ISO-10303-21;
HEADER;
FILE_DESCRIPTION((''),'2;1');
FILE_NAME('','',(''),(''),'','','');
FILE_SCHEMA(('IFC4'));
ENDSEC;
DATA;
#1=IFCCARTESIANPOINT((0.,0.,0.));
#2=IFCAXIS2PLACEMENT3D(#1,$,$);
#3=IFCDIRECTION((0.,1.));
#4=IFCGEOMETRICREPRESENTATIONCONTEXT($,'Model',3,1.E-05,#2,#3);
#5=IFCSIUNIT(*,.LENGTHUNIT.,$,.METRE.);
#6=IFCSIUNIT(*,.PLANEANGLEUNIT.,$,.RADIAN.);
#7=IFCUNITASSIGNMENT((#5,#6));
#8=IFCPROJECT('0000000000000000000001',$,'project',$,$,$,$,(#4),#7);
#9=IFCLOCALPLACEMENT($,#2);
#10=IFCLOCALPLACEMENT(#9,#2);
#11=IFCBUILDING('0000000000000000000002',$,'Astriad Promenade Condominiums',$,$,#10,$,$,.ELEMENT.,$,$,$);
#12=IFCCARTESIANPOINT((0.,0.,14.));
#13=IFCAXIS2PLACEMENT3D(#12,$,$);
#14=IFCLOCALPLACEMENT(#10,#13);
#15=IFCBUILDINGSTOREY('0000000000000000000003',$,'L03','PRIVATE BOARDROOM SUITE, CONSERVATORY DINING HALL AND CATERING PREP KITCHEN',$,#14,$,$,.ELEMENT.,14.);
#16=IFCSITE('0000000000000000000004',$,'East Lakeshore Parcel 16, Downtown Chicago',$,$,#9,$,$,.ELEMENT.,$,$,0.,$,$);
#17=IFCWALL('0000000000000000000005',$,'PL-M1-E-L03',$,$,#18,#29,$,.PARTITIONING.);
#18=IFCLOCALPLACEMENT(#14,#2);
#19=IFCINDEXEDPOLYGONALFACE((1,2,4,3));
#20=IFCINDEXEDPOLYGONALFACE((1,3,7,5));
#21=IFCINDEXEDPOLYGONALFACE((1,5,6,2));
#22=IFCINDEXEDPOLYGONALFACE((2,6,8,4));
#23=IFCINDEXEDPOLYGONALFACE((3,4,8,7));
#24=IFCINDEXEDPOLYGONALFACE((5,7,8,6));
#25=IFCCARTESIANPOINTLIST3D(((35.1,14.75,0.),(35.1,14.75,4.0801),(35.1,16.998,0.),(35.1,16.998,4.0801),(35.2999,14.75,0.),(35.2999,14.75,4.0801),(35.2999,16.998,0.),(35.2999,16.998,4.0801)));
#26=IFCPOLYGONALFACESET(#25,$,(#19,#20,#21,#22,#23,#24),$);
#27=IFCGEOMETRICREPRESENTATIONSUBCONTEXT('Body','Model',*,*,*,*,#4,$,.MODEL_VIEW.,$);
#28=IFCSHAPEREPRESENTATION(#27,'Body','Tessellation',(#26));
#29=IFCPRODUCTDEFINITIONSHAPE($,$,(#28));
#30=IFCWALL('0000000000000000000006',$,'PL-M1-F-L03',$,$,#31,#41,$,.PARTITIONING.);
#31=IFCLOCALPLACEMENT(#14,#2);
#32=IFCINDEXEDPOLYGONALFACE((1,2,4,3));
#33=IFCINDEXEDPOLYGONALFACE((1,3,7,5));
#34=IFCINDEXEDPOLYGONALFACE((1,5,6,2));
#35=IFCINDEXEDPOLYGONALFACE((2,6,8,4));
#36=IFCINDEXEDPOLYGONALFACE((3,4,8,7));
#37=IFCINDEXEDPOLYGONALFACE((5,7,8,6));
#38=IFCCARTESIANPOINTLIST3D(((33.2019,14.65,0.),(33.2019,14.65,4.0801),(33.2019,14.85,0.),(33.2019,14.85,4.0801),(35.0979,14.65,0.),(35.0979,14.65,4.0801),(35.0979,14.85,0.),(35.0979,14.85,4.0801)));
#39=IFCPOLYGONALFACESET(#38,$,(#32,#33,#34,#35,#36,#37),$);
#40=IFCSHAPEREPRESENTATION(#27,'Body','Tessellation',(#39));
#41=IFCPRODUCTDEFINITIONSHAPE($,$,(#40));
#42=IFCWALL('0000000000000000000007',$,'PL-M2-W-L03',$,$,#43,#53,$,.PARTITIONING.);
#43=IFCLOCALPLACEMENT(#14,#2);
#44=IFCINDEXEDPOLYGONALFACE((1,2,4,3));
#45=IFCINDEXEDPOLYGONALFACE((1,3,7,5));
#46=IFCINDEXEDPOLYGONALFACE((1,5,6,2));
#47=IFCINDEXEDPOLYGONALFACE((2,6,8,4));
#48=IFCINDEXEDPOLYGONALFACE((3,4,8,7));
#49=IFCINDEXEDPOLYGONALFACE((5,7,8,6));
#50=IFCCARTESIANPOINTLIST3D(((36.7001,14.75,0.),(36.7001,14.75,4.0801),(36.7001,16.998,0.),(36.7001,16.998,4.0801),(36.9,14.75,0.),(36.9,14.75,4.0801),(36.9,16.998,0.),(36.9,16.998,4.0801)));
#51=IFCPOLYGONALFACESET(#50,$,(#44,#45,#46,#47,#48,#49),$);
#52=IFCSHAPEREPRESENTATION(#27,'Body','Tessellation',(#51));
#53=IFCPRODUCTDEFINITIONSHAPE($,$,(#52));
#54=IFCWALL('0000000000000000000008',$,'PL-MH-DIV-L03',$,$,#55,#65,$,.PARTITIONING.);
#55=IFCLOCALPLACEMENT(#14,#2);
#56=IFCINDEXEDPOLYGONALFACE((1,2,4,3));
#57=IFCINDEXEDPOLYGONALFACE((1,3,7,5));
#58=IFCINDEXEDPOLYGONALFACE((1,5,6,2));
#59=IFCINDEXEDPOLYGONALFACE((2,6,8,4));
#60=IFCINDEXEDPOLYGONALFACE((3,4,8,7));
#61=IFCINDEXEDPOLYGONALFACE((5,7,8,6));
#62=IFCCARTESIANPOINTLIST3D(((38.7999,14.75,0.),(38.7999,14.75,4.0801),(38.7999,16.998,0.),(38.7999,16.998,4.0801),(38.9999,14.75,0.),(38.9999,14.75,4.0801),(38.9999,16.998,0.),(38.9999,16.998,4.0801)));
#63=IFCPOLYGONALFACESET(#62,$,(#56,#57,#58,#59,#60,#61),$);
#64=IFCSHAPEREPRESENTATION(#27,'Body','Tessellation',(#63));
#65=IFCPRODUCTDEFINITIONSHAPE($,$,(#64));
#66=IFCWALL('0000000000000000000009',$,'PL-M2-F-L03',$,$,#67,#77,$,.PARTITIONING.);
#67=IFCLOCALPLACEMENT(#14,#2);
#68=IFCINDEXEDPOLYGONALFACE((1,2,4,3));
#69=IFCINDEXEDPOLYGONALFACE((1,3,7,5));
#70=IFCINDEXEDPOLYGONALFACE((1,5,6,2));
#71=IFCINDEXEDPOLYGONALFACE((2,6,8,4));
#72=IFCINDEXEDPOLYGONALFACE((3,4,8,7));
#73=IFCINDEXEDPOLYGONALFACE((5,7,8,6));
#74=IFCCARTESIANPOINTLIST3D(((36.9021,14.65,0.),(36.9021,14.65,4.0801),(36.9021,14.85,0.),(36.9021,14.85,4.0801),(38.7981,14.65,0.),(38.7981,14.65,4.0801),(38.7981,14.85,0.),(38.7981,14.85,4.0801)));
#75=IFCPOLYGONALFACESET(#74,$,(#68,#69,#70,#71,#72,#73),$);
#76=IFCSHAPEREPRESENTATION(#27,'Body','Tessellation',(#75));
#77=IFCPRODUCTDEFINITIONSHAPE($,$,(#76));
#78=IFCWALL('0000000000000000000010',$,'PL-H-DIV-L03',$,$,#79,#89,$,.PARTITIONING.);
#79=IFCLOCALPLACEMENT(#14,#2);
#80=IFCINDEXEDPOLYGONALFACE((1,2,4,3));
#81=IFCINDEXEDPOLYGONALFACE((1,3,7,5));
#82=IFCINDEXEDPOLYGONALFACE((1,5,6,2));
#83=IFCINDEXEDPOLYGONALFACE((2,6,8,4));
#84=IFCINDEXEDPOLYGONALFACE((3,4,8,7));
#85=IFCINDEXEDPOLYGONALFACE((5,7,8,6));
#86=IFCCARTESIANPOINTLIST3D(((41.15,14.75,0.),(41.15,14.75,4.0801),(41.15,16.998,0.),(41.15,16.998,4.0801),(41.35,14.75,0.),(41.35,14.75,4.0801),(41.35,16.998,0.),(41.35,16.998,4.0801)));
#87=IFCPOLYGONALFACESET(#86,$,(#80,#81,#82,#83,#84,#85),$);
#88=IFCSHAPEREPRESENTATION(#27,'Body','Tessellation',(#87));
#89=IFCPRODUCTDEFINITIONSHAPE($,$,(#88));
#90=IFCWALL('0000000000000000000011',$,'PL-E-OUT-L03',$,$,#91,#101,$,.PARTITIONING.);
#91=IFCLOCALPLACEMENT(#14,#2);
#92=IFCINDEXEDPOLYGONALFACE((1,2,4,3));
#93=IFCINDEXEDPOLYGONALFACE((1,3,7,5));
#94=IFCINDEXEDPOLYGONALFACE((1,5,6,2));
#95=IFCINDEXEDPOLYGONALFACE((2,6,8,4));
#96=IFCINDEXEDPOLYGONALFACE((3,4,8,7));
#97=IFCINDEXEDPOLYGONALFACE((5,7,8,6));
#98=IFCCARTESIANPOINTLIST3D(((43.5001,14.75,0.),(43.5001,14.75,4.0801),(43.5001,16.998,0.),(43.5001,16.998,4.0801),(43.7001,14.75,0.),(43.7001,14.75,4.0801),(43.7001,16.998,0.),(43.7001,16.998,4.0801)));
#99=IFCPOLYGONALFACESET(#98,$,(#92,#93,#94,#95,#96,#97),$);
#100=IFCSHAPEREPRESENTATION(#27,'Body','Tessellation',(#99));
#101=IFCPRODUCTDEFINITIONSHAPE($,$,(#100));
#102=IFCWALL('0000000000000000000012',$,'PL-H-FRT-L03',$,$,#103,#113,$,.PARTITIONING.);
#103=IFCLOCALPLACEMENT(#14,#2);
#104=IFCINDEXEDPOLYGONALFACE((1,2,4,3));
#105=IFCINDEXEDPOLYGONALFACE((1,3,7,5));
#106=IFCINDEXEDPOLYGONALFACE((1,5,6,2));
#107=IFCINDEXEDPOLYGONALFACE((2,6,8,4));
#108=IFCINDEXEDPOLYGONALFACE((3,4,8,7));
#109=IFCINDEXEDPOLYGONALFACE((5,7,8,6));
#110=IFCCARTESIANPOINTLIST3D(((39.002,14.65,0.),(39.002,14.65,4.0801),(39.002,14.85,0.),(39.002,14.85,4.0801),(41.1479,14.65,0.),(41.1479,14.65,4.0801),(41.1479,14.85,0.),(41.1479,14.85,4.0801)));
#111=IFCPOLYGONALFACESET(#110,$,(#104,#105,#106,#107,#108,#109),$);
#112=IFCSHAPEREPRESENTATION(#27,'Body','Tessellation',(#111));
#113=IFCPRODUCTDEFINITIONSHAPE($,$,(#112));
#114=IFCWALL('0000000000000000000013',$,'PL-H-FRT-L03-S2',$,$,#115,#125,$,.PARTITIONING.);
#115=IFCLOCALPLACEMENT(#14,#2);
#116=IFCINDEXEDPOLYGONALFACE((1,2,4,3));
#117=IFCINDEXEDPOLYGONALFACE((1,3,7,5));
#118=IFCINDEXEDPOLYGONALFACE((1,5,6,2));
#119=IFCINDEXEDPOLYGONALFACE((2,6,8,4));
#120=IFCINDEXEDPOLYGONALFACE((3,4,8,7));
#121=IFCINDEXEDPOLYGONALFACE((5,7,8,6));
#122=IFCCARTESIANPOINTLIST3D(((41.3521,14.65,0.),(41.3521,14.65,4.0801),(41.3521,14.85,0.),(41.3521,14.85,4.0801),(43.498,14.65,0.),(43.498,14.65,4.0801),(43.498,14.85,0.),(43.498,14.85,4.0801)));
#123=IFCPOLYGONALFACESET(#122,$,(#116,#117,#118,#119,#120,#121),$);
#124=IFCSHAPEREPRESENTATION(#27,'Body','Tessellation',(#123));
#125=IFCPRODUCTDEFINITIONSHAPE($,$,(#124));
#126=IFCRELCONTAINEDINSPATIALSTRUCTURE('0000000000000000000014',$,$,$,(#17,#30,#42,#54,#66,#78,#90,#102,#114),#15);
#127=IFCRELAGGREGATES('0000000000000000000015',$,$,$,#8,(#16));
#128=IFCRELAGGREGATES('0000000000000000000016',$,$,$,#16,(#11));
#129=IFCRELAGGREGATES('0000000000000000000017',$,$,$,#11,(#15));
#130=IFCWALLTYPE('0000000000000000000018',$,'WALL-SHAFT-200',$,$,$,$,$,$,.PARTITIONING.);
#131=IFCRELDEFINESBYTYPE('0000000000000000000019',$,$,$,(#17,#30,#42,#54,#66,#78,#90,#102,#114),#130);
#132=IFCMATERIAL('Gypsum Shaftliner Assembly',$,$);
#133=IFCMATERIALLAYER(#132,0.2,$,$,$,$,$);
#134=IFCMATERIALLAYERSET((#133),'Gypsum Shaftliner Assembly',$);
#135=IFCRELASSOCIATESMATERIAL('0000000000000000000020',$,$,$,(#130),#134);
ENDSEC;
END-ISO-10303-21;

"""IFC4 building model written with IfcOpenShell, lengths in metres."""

from ifc_helpers import new_model, si_unit, direction, frame, frame_2d, origin, place, context, subcontext, project, spatial, rectangle, extrude, material, layer, layer_set, type_object, element, save


model = new_model("IFC4")

# Units and contexts
model_context = context("Model", 3, precision=1e-05, world=origin(), true_north=direction((0.0, 1.0)))
body_context = subcontext(model_context, "Body", "Model", "MODEL_VIEW")
ifc_project = project(units=[si_unit("LENGTHUNIT", "METRE"), si_unit("PLANEANGLEUNIT", "RADIAN")], contexts=[model_context])

# Site, building, storey
site_placement = place(None, origin())
site = spatial("IfcSite", under=ifc_project, at=site_placement, Name="East Lakeshore Parcel 16, Downtown Chicago", CompositionType="ELEMENT", RefElevation=0.0)
building_placement = place(site_placement, origin())
building = spatial("IfcBuilding", under=site, at=building_placement, Name="Astriad Promenade Condominiums", CompositionType="ELEMENT")
storey_placement = place(building_placement, frame((0.0, 0.0, 14.0)))
storey = spatial("IfcBuildingStorey", under=building, at=storey_placement, Name="L03", Description="PRIVATE BOARDROOM SUITE, CONSERVATORY DINING HALL AND CATERING PREP KITCHEN", CompositionType="ELEMENT", Elevation=14.0)

# Walls
ifc_material_1 = material(Name="Gypsum Shaftliner Assembly")
ifc_layer_1 = layer(ifc_material_1, 0.2)
ifc_layer_set_1 = layer_set([ifc_layer_1], Name="Gypsum Shaftliner Assembly")
wall_type_1 = type_object("IfcWallType", Name="WALL-SHAFT-200", PredefinedType="PARTITIONING", material=ifc_layer_set_1)
wall_1_placement = place(storey_placement, frame((35.2, 14.75, 0.0), z_axis=(0.0, 0.0, 1.0), x_axis=(0.0, 1.0, 0.0)))
element("IfcWall", 1, at=wall_1_placement, inside=storey, type_object=wall_type_1, Name="PL-M1-E-L03", PredefinedType="PARTITIONING", context=body_context, shape_type="SweptSolid", body=[
    extrude(rectangle(XDim=2.248, YDim=0.2, at=frame_2d((1.124, 0.0))), origin(), (0.0, 0.0, 1.0), 4.0801),
])
wall_2_placement = place(storey_placement, frame((33.2019, 14.75, 0.0), z_axis=(0.0, 0.0, 1.0), x_axis=(1.0, 0.0, 0.0)))
element("IfcWall", 2, at=wall_2_placement, inside=storey, type_object=wall_type_1, Name="PL-M1-F-L03", PredefinedType="PARTITIONING", context=body_context, shape_type="SweptSolid", body=[
    extrude(rectangle(XDim=1.896, YDim=0.2, at=frame_2d((0.948, 0.0))), origin(), (0.0, 0.0, 1.0), 4.0801),
])
for number, where, z_axis, x_axis, name in (
    (3, (36.8, 14.75, 0.0), (0.0, 0.0, 1.0), (0.0, 1.0, 0.0), "PL-M2-W-L03"),
    (4, (38.8999, 14.75, 0.0), (0.0, 0.0, 1.0), (0.0, 1.0, 0.0), "PL-MH-DIV-L03"),
):
    element("IfcWall", number, at=place(storey_placement, frame(where, z_axis=z_axis, x_axis=x_axis)), inside=storey, type_object=wall_type_1, Name=name, PredefinedType="PARTITIONING", context=body_context, shape_type="SweptSolid", body=[
        extrude(rectangle(XDim=2.248, YDim=0.2, at=frame_2d((1.124, 0.0))), origin(), (0.0, 0.0, 1.0), 4.0801),
    ])
wall_3_placement = place(storey_placement, frame((36.9021, 14.75, 0.0), z_axis=(0.0, 0.0, 1.0), x_axis=(1.0, 0.0, 0.0)))
element("IfcWall", 5, at=wall_3_placement, inside=storey, type_object=wall_type_1, Name="PL-M2-F-L03", PredefinedType="PARTITIONING", context=body_context, shape_type="SweptSolid", body=[
    extrude(rectangle(XDim=1.896, YDim=0.2, at=frame_2d((0.948, 0.0))), origin(), (0.0, 0.0, 1.0), 4.0801),
])
for number, where, z_axis, x_axis, name in (
    (6, (41.25, 14.75, 0.0), (0.0, 0.0, 1.0), (0.0, 1.0, 0.0), "PL-H-DIV-L03"),
    (7, (43.6001, 14.75, 0.0), (0.0, 0.0, 1.0), (0.0, 1.0, 0.0), "PL-E-OUT-L03"),
):
    element("IfcWall", number, at=place(storey_placement, frame(where, z_axis=z_axis, x_axis=x_axis)), inside=storey, type_object=wall_type_1, Name=name, PredefinedType="PARTITIONING", context=body_context, shape_type="SweptSolid", body=[
        extrude(rectangle(XDim=2.248, YDim=0.2, at=frame_2d((1.124, 0.0))), origin(), (0.0, 0.0, 1.0), 4.0801),
    ])
for number, where, z_axis, x_axis, name in (
    (8, (39.002, 14.75, 0.0), (0.0, 0.0, 1.0), (1.0, 0.0, 0.0), "PL-H-FRT-L03"),
    (9, (41.3521, 14.75, 0.0), (0.0, 0.0, 1.0), (1.0, 0.0, 0.0), "PL-H-FRT-L03-S2"),
):
    element("IfcWall", number, at=place(storey_placement, frame(where, z_axis=z_axis, x_axis=x_axis)), inside=storey, type_object=wall_type_1, Name=name, PredefinedType="PARTITIONING", context=body_context, shape_type="SweptSolid", body=[
        extrude(rectangle(XDim=2.146, YDim=0.2, at=frame_2d((1.073, 0.0))), origin(), (0.0, 0.0, 1.0), 4.0801),
    ])

save(model, "model.ifc")
